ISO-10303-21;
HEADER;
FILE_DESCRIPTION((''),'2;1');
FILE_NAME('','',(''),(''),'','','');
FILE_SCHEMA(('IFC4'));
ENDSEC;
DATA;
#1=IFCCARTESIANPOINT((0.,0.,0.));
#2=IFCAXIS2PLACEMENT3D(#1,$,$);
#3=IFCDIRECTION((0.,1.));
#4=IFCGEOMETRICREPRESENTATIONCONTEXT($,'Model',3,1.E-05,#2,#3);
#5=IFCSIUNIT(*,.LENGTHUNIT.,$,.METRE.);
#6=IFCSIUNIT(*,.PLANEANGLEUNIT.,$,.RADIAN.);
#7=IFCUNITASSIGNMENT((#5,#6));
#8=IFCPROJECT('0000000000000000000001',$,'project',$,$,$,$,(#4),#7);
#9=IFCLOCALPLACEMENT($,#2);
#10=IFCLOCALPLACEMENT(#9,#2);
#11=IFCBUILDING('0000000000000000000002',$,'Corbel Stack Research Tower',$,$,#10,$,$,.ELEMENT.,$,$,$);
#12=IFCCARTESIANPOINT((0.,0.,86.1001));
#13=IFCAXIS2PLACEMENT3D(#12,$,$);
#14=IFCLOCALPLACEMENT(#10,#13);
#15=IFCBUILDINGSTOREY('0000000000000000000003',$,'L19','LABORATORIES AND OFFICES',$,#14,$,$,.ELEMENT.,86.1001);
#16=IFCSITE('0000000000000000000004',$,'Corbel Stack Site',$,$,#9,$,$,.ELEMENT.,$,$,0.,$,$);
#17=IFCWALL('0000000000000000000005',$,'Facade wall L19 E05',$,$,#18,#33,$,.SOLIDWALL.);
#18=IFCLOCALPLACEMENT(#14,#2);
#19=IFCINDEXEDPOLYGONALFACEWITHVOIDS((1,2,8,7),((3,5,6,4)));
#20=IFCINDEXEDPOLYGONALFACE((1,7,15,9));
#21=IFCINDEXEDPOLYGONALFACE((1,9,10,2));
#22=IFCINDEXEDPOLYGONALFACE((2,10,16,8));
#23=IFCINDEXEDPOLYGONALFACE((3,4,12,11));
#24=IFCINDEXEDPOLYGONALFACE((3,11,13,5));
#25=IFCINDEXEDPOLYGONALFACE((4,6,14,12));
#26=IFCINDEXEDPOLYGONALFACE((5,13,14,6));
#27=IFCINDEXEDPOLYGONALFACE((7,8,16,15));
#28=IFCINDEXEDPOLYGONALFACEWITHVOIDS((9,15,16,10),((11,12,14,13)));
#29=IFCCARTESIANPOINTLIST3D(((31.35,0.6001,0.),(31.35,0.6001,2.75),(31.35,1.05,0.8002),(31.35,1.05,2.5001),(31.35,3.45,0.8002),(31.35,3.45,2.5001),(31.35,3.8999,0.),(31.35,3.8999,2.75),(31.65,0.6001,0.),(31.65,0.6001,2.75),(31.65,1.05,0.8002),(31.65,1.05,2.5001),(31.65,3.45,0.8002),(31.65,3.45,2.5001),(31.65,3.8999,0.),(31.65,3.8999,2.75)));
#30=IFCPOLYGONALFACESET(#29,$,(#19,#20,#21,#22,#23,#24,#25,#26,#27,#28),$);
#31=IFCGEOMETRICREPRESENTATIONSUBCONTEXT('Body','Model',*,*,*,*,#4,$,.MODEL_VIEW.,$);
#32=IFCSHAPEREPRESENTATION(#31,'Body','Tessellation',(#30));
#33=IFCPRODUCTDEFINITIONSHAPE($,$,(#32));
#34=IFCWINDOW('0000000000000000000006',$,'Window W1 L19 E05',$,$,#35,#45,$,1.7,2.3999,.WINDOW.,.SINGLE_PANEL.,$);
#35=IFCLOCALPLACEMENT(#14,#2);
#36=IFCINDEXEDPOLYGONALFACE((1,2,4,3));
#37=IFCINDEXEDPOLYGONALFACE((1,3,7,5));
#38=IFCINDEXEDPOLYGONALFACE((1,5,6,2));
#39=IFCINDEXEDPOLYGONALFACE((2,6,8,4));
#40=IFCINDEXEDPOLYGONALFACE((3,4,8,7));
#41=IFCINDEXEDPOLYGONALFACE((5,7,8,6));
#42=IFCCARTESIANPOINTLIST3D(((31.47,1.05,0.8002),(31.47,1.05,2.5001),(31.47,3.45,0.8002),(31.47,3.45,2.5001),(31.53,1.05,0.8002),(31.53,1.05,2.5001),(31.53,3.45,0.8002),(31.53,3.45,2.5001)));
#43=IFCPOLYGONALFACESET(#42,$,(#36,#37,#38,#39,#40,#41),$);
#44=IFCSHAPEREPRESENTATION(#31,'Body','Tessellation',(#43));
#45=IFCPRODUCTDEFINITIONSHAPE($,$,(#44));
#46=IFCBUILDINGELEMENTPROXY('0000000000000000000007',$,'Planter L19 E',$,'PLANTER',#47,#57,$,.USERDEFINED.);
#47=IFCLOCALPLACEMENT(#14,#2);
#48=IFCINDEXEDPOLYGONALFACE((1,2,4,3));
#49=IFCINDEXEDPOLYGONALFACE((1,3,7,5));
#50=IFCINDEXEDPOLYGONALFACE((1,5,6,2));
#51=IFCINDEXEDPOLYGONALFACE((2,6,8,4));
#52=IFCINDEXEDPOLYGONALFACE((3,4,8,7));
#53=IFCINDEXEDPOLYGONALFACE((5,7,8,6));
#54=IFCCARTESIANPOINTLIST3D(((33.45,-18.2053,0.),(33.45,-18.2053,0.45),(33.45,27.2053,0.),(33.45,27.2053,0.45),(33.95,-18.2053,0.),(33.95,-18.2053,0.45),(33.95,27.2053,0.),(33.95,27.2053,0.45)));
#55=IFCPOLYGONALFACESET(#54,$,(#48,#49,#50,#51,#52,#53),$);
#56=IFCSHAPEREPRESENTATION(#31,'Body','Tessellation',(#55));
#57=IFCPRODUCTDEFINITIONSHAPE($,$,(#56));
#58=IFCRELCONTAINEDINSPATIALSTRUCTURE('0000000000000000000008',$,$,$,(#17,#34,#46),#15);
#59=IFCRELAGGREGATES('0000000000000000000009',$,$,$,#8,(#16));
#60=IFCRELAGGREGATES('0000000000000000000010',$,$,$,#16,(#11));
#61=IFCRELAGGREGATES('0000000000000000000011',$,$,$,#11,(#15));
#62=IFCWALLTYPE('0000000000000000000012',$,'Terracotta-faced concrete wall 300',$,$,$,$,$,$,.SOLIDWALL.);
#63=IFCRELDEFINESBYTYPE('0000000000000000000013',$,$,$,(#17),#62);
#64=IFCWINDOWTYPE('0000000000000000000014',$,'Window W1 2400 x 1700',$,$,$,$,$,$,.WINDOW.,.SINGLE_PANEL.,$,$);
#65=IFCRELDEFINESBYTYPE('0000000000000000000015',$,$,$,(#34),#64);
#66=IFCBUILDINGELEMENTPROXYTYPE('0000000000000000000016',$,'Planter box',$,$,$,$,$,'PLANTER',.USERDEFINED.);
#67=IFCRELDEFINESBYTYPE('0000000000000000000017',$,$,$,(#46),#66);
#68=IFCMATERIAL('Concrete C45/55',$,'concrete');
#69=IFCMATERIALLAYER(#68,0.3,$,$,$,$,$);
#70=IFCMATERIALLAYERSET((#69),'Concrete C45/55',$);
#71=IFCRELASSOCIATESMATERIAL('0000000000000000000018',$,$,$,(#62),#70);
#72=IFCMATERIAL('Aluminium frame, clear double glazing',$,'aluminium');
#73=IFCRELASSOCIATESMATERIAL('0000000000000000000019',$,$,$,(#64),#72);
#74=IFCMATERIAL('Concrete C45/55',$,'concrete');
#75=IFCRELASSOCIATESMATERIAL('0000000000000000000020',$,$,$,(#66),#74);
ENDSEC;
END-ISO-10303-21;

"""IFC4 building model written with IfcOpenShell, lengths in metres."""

from ifc_helpers import new_model, si_unit, direction, frame, frame_2d, origin, origin_2d, place, context, subcontext, project, spatial, rectangle, extrude, material, layer, layer_set, type_object, element, fill, save


model = new_model("IFC4")

# Units and contexts
model_context = context("Model", 3, precision=1e-05, world=origin(), true_north=direction((0.0, 1.0)))
body_context = subcontext(model_context, "Body", "Model", "MODEL_VIEW")
ifc_project = project(units=[si_unit("LENGTHUNIT", "METRE"), si_unit("PLANEANGLEUNIT", "RADIAN")], contexts=[model_context])

# Site, building, storey
site_placement = place(None, origin())
site = spatial("IfcSite", under=ifc_project, at=site_placement, Name="Corbel Stack Site", CompositionType="ELEMENT", RefElevation=0.0)
building_placement = place(site_placement, origin())
building = spatial("IfcBuilding", under=site, at=building_placement, Name="Corbel Stack Research Tower", CompositionType="ELEMENT")
storey_placement = place(building_placement, frame((0.0, 0.0, 86.1001)))
storey = spatial("IfcBuildingStorey", under=building, at=storey_placement, Name="L19", Description="LABORATORIES AND OFFICES", CompositionType="ELEMENT", Elevation=86.1001)

# Shared definitions
ifc_material_1 = material(Name="Concrete C45/55", Category="concrete")
ifc_layer_1 = layer(ifc_material_1, 0.3)
ifc_layer_set_1 = layer_set([ifc_layer_1], Name="Concrete C45/55")
wall_type_1 = type_object("IfcWallType", Name="Terracotta-faced concrete wall 300", PredefinedType="SOLIDWALL", material=ifc_layer_set_1)

# Wall, opening, window
ifc_material_2 = material(Name="Aluminium frame, clear double glazing", Category="aluminium")
window_type = type_object("IfcWindowType", Name="Window W1 2400 x 1700", PartitioningType="SINGLE_PANEL", PredefinedType="WINDOW", material=ifc_material_2)
wall_1_placement = place(storey_placement, frame((31.5, 3.8999, 0.0), z_axis=(0.0, 0.0, 1.0), x_axis=(0.0, -1.0, 0.0)))
wall_1 = element("IfcWall", 1, at=wall_1_placement, inside=storey, type_object=wall_type_1, Name="Facade wall L19 E05", PredefinedType="SOLIDWALL", context=body_context, shape_type="SweptSolid", body=[
    extrude(rectangle(XDim=3.2998, YDim=0.3, at=frame_2d((1.6499, 0.0))), origin(), (0.0, 0.0, 1.0), 2.75),
])
opening_1_placement = place(wall_1_placement, frame((0.45, 0.0, 0.8)))
opening_1 = element("IfcOpeningElement", 2, at=opening_1_placement, cuts=wall_1, PredefinedType="OPENING", context=body_context, shape_type="SweptSolid", body=[
    extrude(rectangle(XDim=2.3999, YDim=1.7, at=frame_2d((1.2, 0.8501))), frame((0.0, 0.1599, 0.0), z_axis=(0.0, -1.0, 0.0), x_axis=(1.0, 0.0, 0.0)), (0.0, 0.0, 1.0), 0.3201),
])
window_1_placement = place(opening_1_placement, origin())
window_1 = element("IfcWindow", 3, at=window_1_placement, inside=storey, type_object=window_type, Name="Window W1 L19 E05", OverallHeight=1.7, OverallWidth=2.3999, PartitioningType="SINGLE_PANEL", PredefinedType="WINDOW", context=body_context, shape_type="SweptSolid", body=[
    extrude(rectangle(XDim=2.3999, YDim=1.7, at=frame_2d((1.2, 0.8501))), frame((0.0, 0.03, 0.0), z_axis=(0.0, -1.0, 0.0), x_axis=(1.0, 0.0, 0.0)), (0.0, 0.0, 1.0), 0.0601),
])
fill(opening_1, window_1)

# Building element proxy
ifc_material_3 = material(Name="Concrete C45/55", Category="concrete")
building_element_proxy_type = type_object("IfcBuildingElementProxyType", Name="Planter box", ElementType="PLANTER", PredefinedType="USERDEFINED", material=ifc_material_3)
proxy_placement = place(storey_placement, frame((33.7, 4.5, 0.0), z_axis=(0.0, 0.0, 1.0), x_axis=(0.0, 1.0, 0.0)))
element("IfcBuildingElementProxy", 4, at=proxy_placement, inside=storey, type_object=building_element_proxy_type, Name="Planter L19 E", ObjectType="PLANTER", PredefinedType="USERDEFINED", context=body_context, shape_type="SweptSolid", body=[
    extrude(rectangle(XDim=45.4106, YDim=0.5, at=origin_2d()), origin(), (0.0, 0.0, 1.0), 0.45),
])

save(model, "model.ifc")
